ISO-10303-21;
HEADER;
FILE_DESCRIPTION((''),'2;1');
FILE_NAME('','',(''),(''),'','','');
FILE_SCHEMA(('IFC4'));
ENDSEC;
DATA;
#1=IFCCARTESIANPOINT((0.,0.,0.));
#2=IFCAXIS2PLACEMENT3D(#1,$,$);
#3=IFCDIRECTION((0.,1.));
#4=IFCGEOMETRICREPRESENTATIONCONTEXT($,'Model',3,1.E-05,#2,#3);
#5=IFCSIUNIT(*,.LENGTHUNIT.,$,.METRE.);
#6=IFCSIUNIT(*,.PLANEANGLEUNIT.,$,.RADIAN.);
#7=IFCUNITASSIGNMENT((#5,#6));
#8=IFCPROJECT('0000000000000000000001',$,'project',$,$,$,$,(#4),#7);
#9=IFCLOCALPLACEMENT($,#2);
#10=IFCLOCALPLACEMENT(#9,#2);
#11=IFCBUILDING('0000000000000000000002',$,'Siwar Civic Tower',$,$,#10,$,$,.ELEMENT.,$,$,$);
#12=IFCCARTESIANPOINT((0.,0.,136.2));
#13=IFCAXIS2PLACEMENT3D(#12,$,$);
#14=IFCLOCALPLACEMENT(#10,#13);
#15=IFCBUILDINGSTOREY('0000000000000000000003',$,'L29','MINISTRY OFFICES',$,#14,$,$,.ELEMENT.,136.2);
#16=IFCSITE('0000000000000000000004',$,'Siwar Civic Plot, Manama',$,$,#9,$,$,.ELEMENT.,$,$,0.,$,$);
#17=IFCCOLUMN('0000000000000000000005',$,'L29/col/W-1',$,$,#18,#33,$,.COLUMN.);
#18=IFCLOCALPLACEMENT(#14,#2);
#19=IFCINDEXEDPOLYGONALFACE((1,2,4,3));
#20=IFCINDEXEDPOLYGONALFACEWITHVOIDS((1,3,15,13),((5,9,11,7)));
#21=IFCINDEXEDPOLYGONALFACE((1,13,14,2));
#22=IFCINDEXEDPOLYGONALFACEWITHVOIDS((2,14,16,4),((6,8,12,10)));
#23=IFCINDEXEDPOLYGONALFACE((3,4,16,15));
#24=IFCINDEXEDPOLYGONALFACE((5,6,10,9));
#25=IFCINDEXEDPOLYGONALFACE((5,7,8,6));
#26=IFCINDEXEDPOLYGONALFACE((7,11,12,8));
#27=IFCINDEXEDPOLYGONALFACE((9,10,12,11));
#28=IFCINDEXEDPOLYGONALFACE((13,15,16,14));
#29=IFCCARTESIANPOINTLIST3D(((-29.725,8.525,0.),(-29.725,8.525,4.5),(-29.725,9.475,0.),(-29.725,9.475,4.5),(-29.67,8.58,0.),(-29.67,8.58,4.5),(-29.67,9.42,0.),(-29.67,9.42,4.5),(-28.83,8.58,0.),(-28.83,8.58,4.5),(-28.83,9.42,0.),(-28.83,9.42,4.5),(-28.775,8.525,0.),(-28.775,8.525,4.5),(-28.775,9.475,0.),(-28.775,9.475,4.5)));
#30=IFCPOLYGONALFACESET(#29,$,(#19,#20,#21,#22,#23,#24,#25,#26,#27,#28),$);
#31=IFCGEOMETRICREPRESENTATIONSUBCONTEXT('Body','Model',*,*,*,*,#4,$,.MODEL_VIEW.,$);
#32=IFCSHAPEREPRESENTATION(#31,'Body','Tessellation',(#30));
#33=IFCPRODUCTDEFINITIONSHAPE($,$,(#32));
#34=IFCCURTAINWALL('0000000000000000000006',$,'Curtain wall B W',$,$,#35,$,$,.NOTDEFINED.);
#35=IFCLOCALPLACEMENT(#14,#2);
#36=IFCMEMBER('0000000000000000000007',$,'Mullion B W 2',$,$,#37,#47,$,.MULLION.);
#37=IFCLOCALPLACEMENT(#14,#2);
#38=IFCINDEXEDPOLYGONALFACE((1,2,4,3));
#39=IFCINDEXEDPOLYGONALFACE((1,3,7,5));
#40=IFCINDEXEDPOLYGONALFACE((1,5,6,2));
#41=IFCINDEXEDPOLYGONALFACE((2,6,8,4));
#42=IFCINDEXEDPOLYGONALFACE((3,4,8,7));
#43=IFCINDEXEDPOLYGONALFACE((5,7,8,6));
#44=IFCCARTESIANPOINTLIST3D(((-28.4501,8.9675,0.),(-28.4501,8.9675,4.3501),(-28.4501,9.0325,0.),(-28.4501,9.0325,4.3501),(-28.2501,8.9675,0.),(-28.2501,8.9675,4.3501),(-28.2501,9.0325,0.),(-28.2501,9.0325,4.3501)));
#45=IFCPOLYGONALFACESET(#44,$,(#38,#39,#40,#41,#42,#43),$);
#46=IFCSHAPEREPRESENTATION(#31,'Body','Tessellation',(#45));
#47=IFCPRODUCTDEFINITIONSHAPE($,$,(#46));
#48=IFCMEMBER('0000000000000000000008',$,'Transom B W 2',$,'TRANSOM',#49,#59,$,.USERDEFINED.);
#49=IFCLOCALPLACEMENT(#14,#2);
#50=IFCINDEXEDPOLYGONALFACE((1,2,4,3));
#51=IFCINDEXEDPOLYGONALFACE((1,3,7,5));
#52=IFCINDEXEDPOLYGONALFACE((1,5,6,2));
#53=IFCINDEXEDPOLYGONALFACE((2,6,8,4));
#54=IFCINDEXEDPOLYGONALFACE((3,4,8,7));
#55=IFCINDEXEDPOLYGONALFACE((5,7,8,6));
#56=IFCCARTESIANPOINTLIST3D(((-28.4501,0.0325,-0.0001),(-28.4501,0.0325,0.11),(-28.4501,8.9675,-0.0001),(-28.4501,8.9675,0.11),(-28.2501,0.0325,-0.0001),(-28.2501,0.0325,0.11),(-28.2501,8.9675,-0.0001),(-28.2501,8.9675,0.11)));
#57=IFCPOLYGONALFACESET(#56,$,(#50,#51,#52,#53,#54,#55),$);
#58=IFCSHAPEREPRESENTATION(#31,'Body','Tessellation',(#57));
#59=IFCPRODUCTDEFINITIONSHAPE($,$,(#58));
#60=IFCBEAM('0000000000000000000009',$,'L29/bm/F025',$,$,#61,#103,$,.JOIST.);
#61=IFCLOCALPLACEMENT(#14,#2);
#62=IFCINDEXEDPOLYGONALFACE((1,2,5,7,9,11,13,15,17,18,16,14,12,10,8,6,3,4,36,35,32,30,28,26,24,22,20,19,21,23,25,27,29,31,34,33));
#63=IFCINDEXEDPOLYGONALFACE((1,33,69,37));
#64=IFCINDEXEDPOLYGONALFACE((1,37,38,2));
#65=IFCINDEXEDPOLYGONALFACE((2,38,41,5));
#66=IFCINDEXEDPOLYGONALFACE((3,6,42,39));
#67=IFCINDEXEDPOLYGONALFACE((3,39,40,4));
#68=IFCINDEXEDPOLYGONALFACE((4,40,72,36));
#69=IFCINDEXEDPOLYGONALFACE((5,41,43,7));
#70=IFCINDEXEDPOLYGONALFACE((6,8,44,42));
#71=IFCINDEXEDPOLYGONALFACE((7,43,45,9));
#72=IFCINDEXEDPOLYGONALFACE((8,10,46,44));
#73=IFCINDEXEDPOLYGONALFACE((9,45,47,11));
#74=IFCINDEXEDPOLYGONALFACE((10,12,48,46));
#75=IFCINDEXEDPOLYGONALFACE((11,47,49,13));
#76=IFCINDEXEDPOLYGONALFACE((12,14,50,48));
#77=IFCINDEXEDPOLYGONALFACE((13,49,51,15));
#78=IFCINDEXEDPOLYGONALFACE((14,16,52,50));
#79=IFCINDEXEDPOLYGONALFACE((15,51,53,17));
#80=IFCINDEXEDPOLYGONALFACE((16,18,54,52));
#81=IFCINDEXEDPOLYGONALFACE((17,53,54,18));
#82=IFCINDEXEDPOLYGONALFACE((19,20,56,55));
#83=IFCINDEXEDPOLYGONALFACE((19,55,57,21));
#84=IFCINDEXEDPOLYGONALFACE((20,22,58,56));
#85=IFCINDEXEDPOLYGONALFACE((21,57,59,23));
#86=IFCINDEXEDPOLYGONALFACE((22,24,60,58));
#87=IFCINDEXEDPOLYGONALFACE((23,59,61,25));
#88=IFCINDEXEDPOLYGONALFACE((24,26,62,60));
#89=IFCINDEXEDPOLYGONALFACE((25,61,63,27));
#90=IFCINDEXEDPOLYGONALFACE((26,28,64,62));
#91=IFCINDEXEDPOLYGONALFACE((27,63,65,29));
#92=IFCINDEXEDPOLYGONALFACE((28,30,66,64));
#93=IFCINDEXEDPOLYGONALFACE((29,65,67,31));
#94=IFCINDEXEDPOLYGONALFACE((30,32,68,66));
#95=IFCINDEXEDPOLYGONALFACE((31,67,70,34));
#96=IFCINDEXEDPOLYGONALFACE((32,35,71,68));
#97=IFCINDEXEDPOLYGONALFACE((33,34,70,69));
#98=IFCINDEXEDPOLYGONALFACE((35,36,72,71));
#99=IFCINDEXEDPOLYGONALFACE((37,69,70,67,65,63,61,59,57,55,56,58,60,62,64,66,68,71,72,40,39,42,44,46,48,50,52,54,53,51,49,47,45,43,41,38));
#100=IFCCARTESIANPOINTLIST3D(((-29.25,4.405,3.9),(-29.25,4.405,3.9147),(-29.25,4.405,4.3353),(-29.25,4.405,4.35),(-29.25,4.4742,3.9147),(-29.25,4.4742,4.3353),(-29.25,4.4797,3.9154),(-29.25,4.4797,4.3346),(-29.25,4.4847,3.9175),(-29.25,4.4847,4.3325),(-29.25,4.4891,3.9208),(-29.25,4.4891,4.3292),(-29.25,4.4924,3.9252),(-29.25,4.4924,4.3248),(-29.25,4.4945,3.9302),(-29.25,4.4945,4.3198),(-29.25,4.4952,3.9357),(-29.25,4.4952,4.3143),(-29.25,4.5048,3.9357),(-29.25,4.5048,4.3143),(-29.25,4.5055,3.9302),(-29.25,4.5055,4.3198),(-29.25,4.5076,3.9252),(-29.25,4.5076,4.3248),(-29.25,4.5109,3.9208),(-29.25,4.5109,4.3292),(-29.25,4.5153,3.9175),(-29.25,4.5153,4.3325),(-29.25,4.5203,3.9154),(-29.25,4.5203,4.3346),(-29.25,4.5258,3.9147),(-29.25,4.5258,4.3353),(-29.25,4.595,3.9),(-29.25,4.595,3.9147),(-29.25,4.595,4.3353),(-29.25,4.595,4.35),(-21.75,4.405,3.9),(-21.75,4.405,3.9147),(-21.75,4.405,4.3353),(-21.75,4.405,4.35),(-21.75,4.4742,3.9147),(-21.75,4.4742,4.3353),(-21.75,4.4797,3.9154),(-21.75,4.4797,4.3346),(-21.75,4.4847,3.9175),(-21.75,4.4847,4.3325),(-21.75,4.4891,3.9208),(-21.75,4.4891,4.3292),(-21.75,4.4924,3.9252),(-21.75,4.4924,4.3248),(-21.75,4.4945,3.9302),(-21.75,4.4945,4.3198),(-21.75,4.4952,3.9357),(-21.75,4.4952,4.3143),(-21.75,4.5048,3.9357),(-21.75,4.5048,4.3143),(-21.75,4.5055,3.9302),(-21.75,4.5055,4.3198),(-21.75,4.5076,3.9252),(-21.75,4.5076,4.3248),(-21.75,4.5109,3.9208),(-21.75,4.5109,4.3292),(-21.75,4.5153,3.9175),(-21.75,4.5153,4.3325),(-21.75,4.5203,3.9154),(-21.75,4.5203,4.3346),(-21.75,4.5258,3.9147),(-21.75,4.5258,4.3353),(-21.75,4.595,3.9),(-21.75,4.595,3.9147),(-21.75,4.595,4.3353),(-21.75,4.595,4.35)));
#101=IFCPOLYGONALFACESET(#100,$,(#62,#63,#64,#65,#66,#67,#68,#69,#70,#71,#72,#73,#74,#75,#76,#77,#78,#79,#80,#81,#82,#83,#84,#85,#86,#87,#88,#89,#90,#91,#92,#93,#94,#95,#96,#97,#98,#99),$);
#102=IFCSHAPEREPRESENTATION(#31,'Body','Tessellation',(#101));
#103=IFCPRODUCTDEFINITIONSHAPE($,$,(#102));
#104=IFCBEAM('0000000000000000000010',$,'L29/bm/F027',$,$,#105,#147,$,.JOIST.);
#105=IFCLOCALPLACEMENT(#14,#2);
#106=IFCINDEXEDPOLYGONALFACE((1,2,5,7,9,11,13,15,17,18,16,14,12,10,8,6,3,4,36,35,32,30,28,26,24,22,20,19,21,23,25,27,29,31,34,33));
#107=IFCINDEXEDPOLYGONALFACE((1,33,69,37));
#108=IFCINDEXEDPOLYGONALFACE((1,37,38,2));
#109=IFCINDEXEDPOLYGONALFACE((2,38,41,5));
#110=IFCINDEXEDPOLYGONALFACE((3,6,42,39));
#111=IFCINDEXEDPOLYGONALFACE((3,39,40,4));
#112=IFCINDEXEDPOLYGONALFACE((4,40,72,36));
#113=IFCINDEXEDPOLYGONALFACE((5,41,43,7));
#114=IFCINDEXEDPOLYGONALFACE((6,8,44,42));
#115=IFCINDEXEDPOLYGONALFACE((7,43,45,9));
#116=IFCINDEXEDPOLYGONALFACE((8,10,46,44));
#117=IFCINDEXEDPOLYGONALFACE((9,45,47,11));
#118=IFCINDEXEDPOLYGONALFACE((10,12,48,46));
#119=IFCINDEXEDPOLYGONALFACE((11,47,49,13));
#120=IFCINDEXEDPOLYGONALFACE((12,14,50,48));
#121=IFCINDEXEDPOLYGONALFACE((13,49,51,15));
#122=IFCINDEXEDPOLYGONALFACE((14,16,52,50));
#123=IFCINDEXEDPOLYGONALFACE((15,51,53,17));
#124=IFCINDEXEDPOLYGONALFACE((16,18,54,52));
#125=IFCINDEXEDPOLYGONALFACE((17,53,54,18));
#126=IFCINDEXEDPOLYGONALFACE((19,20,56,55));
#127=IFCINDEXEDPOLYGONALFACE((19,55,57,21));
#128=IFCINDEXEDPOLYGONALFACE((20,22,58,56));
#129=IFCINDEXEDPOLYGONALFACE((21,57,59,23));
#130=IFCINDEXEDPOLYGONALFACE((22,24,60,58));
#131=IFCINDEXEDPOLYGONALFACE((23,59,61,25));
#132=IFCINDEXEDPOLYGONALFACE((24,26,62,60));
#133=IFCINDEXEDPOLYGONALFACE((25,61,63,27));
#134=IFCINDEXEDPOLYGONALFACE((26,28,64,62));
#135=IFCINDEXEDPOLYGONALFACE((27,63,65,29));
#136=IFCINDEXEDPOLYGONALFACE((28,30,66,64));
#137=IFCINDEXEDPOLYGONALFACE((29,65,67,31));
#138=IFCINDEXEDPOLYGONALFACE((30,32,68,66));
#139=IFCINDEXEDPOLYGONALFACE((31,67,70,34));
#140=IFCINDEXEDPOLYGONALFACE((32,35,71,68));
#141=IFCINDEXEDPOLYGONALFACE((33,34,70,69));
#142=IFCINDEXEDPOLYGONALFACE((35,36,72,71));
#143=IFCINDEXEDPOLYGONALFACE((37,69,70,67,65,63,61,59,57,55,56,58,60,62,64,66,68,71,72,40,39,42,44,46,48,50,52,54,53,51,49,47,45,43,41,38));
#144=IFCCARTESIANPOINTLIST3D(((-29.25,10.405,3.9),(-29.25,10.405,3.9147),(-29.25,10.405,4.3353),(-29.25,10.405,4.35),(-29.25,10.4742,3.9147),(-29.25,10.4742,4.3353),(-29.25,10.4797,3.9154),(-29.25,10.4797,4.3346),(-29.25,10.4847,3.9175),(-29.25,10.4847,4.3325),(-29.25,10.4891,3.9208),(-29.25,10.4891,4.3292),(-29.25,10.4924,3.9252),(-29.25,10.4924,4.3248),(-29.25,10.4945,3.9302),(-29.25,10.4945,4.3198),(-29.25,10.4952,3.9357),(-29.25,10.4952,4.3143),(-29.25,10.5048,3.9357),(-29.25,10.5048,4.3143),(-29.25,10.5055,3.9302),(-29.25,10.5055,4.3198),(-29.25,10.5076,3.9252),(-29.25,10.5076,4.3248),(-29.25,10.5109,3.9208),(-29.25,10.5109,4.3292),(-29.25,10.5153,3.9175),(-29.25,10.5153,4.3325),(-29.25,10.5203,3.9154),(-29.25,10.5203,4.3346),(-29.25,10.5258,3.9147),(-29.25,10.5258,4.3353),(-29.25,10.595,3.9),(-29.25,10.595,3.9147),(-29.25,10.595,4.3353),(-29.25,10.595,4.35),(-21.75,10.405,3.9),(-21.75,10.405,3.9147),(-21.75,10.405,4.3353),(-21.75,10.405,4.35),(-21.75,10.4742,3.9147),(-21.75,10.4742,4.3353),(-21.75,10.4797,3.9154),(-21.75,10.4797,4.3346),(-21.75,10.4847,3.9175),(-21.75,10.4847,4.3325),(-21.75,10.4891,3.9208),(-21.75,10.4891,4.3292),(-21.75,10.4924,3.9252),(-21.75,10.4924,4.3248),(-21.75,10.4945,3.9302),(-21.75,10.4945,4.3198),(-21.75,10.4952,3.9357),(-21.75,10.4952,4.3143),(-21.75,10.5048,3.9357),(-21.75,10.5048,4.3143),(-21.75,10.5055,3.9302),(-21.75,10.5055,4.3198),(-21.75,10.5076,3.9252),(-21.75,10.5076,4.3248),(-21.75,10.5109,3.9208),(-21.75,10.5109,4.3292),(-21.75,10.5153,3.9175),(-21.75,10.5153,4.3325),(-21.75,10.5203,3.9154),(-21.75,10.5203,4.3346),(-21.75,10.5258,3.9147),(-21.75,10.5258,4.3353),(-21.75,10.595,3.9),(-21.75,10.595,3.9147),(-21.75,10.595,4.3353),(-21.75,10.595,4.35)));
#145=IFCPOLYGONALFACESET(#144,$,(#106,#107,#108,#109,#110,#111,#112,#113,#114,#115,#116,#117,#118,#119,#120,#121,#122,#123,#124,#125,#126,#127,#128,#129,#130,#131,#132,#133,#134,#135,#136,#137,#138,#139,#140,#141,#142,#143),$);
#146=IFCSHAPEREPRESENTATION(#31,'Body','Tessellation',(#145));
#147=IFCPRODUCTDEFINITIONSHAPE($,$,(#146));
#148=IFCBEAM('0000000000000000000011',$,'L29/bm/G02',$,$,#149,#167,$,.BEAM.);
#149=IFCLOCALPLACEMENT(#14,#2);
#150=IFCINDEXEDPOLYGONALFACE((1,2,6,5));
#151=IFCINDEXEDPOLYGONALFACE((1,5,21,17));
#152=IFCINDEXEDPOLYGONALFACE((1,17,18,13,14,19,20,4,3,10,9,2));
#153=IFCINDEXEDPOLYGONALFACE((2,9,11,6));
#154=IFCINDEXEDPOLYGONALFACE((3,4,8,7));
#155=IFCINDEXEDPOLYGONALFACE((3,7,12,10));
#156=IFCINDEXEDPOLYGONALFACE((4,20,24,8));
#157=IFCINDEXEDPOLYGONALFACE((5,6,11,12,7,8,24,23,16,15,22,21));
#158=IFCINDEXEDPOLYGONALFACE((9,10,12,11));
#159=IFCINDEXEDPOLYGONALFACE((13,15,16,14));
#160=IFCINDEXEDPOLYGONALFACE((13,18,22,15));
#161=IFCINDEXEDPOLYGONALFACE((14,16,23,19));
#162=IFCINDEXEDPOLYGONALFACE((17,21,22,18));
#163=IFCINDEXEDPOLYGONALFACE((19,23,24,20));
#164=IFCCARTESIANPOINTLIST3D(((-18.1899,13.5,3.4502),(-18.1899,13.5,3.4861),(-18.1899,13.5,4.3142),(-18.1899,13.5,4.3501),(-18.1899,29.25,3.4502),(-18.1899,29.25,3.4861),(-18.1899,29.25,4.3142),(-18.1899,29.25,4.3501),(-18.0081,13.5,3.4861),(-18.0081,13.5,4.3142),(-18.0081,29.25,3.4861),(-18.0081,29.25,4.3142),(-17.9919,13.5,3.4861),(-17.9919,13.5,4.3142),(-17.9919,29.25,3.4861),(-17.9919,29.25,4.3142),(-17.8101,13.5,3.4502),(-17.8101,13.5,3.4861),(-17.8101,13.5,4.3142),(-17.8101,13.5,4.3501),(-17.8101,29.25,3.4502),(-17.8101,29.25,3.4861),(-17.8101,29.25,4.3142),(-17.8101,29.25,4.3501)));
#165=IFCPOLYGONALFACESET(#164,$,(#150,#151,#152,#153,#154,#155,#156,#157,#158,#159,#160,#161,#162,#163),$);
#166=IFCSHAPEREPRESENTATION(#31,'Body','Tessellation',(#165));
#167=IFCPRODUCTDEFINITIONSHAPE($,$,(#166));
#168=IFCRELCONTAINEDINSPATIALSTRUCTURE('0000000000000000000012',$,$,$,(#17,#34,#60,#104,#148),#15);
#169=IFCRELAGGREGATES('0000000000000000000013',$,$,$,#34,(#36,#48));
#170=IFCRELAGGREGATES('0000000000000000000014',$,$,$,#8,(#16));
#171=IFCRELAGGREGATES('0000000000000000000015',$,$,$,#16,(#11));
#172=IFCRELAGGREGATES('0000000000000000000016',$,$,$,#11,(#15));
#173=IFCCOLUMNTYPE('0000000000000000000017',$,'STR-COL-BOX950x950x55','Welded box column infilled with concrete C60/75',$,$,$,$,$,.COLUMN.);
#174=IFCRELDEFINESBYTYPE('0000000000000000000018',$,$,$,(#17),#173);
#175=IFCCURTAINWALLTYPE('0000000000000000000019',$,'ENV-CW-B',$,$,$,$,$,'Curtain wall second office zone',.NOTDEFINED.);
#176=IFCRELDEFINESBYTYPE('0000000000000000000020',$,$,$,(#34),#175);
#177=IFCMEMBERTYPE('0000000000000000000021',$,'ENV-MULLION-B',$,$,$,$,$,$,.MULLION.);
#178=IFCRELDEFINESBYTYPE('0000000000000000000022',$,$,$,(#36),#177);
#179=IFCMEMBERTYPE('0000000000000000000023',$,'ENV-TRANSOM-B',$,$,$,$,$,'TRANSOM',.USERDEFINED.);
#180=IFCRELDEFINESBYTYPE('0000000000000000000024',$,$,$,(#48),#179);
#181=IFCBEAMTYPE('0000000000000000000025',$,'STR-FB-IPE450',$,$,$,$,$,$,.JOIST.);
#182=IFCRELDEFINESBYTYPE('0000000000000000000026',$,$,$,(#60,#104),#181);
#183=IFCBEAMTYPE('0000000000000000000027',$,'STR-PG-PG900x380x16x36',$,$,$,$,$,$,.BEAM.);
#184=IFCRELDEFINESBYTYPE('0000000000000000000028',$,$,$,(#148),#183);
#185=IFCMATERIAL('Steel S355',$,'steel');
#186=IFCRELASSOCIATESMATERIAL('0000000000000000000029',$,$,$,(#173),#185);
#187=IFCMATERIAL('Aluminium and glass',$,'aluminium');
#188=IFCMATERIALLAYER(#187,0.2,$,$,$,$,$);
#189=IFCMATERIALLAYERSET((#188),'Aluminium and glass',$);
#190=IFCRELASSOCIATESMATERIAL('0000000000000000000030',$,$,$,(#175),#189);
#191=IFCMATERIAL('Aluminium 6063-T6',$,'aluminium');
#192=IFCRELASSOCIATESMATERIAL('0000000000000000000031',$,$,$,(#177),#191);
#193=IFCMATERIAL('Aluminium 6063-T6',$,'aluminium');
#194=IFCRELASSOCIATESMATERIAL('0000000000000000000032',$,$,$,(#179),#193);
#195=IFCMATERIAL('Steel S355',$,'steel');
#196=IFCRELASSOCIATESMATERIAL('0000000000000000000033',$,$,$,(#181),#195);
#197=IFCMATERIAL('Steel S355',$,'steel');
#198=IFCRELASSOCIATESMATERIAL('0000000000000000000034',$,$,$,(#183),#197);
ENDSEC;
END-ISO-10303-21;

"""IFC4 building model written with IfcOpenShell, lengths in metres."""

from ifc_helpers import new_model, si_unit, direction, frame, origin, origin_2d, place, context, subcontext, project, spatial, rectangle, hollow_rectangle, i_section, extrude, material, layer, layer_set, material_profile, profile_set, type_object, element, aggregate, save


model = new_model("IFC4")

# Units and contexts
model_context = context("Model", 3, precision=1e-05, world=origin(), true_north=direction((0.0, 1.0)))
body_context = subcontext(model_context, "Body", "Model", "MODEL_VIEW")
ifc_project = project(units=[si_unit("LENGTHUNIT", "METRE"), si_unit("PLANEANGLEUNIT", "RADIAN")], contexts=[model_context])

# Site, building, storey
site_placement = place(None, origin())
site = spatial("IfcSite", under=ifc_project, at=site_placement, Name="Siwar Civic Plot, Manama", CompositionType="ELEMENT", RefElevation=0.0)
building_placement = place(site_placement, origin())
building = spatial("IfcBuilding", under=site, at=building_placement, Name="Siwar Civic Tower", CompositionType="ELEMENT")
storey_placement = place(building_placement, frame((0.0, 0.0, 136.2)))
storey = spatial("IfcBuildingStorey", under=building, at=storey_placement, Name="L29", Description="MINISTRY OFFICES", CompositionType="ELEMENT", Elevation=136.2)

# Column
ifc_material_1 = material(Name="Steel S355", Category="steel")
ifc_material_profile_1 = material_profile(ifc_material_1, hollow_rectangle(XDim=0.95, YDim=0.95, WallThickness=0.0549, at=origin_2d()), Name="BOX950x950x55")
ifc_profile_set_1 = profile_set([ifc_material_profile_1], Name="Steel S355")
column_type = type_object("IfcColumnType", Name="STR-COL-BOX950x950x55", Description="Welded box column infilled with concrete C60/75", PredefinedType="COLUMN", material=ifc_profile_set_1)
column_placement = place(storey_placement, frame((-29.25, 9.0, 0.0), z_axis=(0.0, 0.0, 1.0), x_axis=(1.0, 0.0, 0.0)))
element("IfcColumn", 1, at=column_placement, inside=storey, type_object=column_type, Name="L29/col/W-1", PredefinedType="COLUMN", context=body_context, shape_type="SweptSolid", body=[
    extrude(hollow_rectangle(XDim=0.95, YDim=0.95, WallThickness=0.0549, at=origin_2d()), origin(), (0.0, 0.0, 1.0), 4.5),
])

# Curtain wall, members
ifc_material_2 = material(Name="Aluminium and glass", Category="aluminium")
ifc_layer_1 = layer(ifc_material_2, 0.2)
ifc_layer_set_1 = layer_set([ifc_layer_1], Name="Aluminium and glass")
curtain_wall_type = type_object("IfcCurtainWallType", Name="ENV-CW-B", ElementType="Curtain wall second office zone", PredefinedType="NOTDEFINED", material=ifc_layer_set_1)
curtain_wall_placement = place(storey_placement, origin())
curtain_wall = element("IfcCurtainWall", 2, at=curtain_wall_placement, inside=storey, type_object=curtain_wall_type, Name="Curtain wall B W", PredefinedType="NOTDEFINED")
ifc_material_3 = material(Name="Aluminium 6063-T6", Category="aluminium")
ifc_material_profile_2 = material_profile(ifc_material_3, rectangle(XDim=0.2, YDim=0.0649, at=origin_2d()), Name="AL 200x65")
ifc_profile_set_2 = profile_set([ifc_material_profile_2], Name="Aluminium 6063-T6")
member_type_1 = type_object("IfcMemberType", Name="ENV-MULLION-B", PredefinedType="MULLION", material=ifc_profile_set_2)
member_1_placement = place(storey_placement, frame((-28.3501, 9.0, 0.0), z_axis=(0.0, 0.0, 1.0), x_axis=(1.0, 0.0, 0.0)))
member_1 = element("IfcMember", 3, at=member_1_placement, type_object=member_type_1, Name="Mullion B W 2", PredefinedType="MULLION", context=body_context, shape_type="SweptSolid", body=[
    extrude(rectangle(XDim=0.2, YDim=0.0649, at=origin_2d()), origin(), (0.0, 0.0, 1.0), 4.3501),
])
ifc_material_4 = material(Name="Aluminium 6063-T6", Category="aluminium")
ifc_material_profile_3 = material_profile(ifc_material_4, rectangle(XDim=0.2, YDim=0.1101, at=origin_2d()), Name="AL 200x110")
ifc_profile_set_3 = profile_set([ifc_material_profile_3], Name="Aluminium 6063-T6")
member_type_2 = type_object("IfcMemberType", Name="ENV-TRANSOM-B", ElementType="TRANSOM", PredefinedType="USERDEFINED", material=ifc_profile_set_3)
member_2_placement = place(storey_placement, frame((-28.3501, 8.9675, 0.0549), z_axis=(0.0, -1.0, 0.0), x_axis=(1.0, 0.0, 0.0)))
member_2 = element("IfcMember", 4, at=member_2_placement, type_object=member_type_2, Name="Transom B W 2", ObjectType="TRANSOM", PredefinedType="USERDEFINED", context=body_context, shape_type="SweptSolid", body=[
    extrude(rectangle(XDim=0.2, YDim=0.1101, at=origin_2d()), origin(), (0.0, 0.0, 1.0), 8.9351),
])

# Beams
ifc_material_5 = material(Name="Steel S355", Category="steel")
ifc_material_profile_4 = material_profile(ifc_material_5, i_section(OverallWidth=0.1899, OverallDepth=0.45, WebThickness=0.0095, FlangeThickness=0.0146, FilletRadius=0.021, at=origin_2d()), Name="IPE450")
ifc_profile_set_4 = profile_set([ifc_material_profile_4], Name="Steel S355")
beam_type_1 = type_object("IfcBeamType", Name="STR-FB-IPE450", PredefinedType="JOIST", material=ifc_profile_set_4)
for number, where, z_axis, x_axis, name in (
    (5, (-29.25, 4.5, 4.125), (1.0, 0.0, 0.0), (0.0, 1.0, 0.0), "L29/bm/F025"),
    (6, (-29.25, 10.5, 4.125), (1.0, 0.0, 0.0), (0.0, 1.0, 0.0), "L29/bm/F027"),
):
    element("IfcBeam", number, at=place(storey_placement, frame(where, z_axis=z_axis, x_axis=x_axis)), inside=storey, type_object=beam_type_1, Name=name, PredefinedType="JOIST", context=body_context, shape_type="SweptSolid", body=[
        extrude(i_section(OverallWidth=0.1899, OverallDepth=0.45, WebThickness=0.0095, FlangeThickness=0.0146, FilletRadius=0.021, at=origin_2d()), origin(), (0.0, 0.0, 1.0), 7.5),
    ])
ifc_material_6 = material(Name="Steel S355", Category="steel")
ifc_material_profile_5 = material_profile(ifc_material_6, i_section(OverallWidth=0.3799, OverallDepth=0.8999, WebThickness=0.0161, FlangeThickness=0.0359, at=origin_2d()), Name="PG900x380x16x36")
ifc_profile_set_5 = profile_set([ifc_material_profile_5], Name="Steel S355")
beam_type_2 = type_object("IfcBeamType", Name="STR-PG-PG900x380x16x36", PredefinedType="BEAM", material=ifc_profile_set_5)
beam_1_placement = place(storey_placement, frame((-18.0, 13.5, 3.9001), z_axis=(0.0, 1.0, 0.0), x_axis=(-1.0, 0.0, 0.0)))
element("IfcBeam", 7, at=beam_1_placement, inside=storey, type_object=beam_type_2, Name="L29/bm/G02", PredefinedType="BEAM", context=body_context, shape_type="SweptSolid", body=[
    extrude(i_section(OverallWidth=0.3799, OverallDepth=0.8999, WebThickness=0.0161, FlangeThickness=0.0359, at=origin_2d()), origin(), (0.0, 0.0, 1.0), 15.75),
])

aggregate(curtain_wall, [member_1, member_2])

save(model, "model.ifc")
